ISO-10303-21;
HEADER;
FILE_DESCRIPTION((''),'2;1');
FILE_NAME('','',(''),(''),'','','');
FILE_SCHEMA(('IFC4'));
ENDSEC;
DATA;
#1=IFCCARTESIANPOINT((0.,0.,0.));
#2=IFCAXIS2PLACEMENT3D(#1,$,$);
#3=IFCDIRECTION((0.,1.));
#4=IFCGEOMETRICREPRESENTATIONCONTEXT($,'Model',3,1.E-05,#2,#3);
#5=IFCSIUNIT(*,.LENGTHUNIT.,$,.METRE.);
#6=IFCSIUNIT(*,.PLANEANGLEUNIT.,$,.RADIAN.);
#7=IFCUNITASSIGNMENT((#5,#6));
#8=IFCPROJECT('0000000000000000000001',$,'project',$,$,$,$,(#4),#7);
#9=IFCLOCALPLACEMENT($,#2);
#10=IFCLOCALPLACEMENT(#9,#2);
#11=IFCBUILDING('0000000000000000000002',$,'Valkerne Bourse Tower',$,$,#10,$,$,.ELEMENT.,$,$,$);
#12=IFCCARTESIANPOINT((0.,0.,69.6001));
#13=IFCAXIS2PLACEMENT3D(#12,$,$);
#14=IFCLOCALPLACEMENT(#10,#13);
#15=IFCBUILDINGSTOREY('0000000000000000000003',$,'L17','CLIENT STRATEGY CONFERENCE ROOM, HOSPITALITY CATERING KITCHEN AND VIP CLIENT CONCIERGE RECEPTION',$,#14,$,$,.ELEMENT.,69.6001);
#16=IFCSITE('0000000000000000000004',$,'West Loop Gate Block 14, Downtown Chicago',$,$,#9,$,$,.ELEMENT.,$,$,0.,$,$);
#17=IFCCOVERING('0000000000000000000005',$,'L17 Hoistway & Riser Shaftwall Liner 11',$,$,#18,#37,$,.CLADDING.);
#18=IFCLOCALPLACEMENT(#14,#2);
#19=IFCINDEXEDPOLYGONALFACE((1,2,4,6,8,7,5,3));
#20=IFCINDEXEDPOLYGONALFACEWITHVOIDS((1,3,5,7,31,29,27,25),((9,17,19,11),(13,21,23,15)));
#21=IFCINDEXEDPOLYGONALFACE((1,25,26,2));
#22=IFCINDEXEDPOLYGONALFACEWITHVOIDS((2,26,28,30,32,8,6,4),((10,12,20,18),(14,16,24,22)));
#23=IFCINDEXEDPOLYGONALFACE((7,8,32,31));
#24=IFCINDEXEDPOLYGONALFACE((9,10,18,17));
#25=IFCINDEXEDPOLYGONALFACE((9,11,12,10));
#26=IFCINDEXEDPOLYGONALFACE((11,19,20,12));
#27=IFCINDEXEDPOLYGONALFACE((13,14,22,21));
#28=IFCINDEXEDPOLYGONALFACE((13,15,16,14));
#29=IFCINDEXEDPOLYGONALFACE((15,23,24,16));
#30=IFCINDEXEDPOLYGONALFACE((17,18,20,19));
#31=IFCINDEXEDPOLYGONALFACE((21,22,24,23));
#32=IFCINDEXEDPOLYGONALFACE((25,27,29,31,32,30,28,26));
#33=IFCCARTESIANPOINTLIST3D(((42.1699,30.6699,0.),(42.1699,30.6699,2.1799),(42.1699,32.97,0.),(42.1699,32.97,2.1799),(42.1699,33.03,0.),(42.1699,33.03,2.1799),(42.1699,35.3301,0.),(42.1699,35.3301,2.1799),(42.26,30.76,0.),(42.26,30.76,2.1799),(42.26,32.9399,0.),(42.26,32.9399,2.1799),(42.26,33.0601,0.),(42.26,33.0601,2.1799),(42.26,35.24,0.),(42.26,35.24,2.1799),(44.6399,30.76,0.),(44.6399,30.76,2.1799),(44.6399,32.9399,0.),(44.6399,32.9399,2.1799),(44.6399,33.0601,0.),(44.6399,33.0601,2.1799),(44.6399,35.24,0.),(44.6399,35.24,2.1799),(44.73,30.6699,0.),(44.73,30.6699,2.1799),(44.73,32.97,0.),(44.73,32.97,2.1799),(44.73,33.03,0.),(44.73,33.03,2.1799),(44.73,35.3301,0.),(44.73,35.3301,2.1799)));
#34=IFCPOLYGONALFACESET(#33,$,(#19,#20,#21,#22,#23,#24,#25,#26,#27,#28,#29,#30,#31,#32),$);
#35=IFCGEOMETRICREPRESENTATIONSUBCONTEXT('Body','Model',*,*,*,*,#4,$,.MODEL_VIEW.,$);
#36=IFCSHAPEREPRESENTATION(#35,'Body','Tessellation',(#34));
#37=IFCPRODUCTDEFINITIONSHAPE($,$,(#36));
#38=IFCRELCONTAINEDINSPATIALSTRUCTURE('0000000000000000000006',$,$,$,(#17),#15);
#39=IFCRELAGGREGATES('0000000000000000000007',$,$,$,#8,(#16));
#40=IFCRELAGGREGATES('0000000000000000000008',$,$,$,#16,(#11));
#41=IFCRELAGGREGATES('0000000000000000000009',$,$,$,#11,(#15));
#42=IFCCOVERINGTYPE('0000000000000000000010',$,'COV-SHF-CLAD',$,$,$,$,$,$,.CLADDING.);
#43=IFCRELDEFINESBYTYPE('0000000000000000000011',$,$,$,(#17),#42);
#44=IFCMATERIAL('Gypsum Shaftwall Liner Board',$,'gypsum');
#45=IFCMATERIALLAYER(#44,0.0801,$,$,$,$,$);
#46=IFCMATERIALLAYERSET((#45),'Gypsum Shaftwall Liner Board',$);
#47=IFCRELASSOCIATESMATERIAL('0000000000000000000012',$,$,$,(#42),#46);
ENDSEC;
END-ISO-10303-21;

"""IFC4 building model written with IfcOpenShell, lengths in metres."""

from ifc_helpers import new_model, si_unit, direction, frame, origin, place, context, subcontext, project, spatial, polyline, outline, extrude, material, layer, layer_set, type_object, element, save


model = new_model("IFC4")

# Units and contexts
model_context = context("Model", 3, precision=1e-05, world=origin(), true_north=direction((0.0, 1.0)))
body_context = subcontext(model_context, "Body", "Model", "MODEL_VIEW")
ifc_project = project(units=[si_unit("LENGTHUNIT", "METRE"), si_unit("PLANEANGLEUNIT", "RADIAN")], contexts=[model_context])

# Site, building, storey
site_placement = place(None, origin())
site = spatial("IfcSite", under=ifc_project, at=site_placement, Name="West Loop Gate Block 14, Downtown Chicago", CompositionType="ELEMENT", RefElevation=0.0)
building_placement = place(site_placement, origin())
building = spatial("IfcBuilding", under=site, at=building_placement, Name="Valkerne Bourse Tower", CompositionType="ELEMENT")
storey_placement = place(building_placement, frame((0.0, 0.0, 69.6001)))
storey = spatial("IfcBuildingStorey", under=building, at=storey_placement, Name="L17", Description="CLIENT STRATEGY CONFERENCE ROOM, HOSPITALITY CATERING KITCHEN AND VIP CLIENT CONCIERGE RECEPTION", CompositionType="ELEMENT", Elevation=69.6001)

# Covering
ifc_material_1 = material(Name="Gypsum Shaftwall Liner Board", Category="gypsum")
ifc_layer_1 = layer(ifc_material_1, 0.0801)
ifc_layer_set_1 = layer_set([ifc_layer_1], Name="Gypsum Shaftwall Liner Board")
covering_type_1 = type_object("IfcCoveringType", Name="COV-SHF-CLAD", PredefinedType="CLADDING", material=ifc_layer_set_1)
covering_1_placement = place(storey_placement, origin())
element("IfcCovering", 1, at=covering_1_placement, inside=storey, type_object=covering_type_1, Name="L17 Hoistway & Riser Shaftwall Liner 11", PredefinedType="CLADDING", context=body_context, shape_type="SweptSolid", body=[
    extrude(outline(polyline([(44.73, 35.3301), (44.73, 33.03), (44.73, 32.97), (44.73, 30.6699), (42.1699, 30.6699), (42.1699, 32.97), (42.1699, 33.03), (42.1699, 35.3301), (44.73, 35.3301)]), holes=[polyline([(42.26, 30.76), (44.6399, 30.76), (44.6399, 32.9399), (42.26, 32.9399), (42.26, 30.76)]), polyline([(42.26, 33.0601), (44.6399, 33.0601), (44.6399, 35.24), (42.26, 35.24), (42.26, 33.0601)])]), origin(), (0.0, 0.0, 1.0), 2.1799),
])

save(model, "model.ifc")
